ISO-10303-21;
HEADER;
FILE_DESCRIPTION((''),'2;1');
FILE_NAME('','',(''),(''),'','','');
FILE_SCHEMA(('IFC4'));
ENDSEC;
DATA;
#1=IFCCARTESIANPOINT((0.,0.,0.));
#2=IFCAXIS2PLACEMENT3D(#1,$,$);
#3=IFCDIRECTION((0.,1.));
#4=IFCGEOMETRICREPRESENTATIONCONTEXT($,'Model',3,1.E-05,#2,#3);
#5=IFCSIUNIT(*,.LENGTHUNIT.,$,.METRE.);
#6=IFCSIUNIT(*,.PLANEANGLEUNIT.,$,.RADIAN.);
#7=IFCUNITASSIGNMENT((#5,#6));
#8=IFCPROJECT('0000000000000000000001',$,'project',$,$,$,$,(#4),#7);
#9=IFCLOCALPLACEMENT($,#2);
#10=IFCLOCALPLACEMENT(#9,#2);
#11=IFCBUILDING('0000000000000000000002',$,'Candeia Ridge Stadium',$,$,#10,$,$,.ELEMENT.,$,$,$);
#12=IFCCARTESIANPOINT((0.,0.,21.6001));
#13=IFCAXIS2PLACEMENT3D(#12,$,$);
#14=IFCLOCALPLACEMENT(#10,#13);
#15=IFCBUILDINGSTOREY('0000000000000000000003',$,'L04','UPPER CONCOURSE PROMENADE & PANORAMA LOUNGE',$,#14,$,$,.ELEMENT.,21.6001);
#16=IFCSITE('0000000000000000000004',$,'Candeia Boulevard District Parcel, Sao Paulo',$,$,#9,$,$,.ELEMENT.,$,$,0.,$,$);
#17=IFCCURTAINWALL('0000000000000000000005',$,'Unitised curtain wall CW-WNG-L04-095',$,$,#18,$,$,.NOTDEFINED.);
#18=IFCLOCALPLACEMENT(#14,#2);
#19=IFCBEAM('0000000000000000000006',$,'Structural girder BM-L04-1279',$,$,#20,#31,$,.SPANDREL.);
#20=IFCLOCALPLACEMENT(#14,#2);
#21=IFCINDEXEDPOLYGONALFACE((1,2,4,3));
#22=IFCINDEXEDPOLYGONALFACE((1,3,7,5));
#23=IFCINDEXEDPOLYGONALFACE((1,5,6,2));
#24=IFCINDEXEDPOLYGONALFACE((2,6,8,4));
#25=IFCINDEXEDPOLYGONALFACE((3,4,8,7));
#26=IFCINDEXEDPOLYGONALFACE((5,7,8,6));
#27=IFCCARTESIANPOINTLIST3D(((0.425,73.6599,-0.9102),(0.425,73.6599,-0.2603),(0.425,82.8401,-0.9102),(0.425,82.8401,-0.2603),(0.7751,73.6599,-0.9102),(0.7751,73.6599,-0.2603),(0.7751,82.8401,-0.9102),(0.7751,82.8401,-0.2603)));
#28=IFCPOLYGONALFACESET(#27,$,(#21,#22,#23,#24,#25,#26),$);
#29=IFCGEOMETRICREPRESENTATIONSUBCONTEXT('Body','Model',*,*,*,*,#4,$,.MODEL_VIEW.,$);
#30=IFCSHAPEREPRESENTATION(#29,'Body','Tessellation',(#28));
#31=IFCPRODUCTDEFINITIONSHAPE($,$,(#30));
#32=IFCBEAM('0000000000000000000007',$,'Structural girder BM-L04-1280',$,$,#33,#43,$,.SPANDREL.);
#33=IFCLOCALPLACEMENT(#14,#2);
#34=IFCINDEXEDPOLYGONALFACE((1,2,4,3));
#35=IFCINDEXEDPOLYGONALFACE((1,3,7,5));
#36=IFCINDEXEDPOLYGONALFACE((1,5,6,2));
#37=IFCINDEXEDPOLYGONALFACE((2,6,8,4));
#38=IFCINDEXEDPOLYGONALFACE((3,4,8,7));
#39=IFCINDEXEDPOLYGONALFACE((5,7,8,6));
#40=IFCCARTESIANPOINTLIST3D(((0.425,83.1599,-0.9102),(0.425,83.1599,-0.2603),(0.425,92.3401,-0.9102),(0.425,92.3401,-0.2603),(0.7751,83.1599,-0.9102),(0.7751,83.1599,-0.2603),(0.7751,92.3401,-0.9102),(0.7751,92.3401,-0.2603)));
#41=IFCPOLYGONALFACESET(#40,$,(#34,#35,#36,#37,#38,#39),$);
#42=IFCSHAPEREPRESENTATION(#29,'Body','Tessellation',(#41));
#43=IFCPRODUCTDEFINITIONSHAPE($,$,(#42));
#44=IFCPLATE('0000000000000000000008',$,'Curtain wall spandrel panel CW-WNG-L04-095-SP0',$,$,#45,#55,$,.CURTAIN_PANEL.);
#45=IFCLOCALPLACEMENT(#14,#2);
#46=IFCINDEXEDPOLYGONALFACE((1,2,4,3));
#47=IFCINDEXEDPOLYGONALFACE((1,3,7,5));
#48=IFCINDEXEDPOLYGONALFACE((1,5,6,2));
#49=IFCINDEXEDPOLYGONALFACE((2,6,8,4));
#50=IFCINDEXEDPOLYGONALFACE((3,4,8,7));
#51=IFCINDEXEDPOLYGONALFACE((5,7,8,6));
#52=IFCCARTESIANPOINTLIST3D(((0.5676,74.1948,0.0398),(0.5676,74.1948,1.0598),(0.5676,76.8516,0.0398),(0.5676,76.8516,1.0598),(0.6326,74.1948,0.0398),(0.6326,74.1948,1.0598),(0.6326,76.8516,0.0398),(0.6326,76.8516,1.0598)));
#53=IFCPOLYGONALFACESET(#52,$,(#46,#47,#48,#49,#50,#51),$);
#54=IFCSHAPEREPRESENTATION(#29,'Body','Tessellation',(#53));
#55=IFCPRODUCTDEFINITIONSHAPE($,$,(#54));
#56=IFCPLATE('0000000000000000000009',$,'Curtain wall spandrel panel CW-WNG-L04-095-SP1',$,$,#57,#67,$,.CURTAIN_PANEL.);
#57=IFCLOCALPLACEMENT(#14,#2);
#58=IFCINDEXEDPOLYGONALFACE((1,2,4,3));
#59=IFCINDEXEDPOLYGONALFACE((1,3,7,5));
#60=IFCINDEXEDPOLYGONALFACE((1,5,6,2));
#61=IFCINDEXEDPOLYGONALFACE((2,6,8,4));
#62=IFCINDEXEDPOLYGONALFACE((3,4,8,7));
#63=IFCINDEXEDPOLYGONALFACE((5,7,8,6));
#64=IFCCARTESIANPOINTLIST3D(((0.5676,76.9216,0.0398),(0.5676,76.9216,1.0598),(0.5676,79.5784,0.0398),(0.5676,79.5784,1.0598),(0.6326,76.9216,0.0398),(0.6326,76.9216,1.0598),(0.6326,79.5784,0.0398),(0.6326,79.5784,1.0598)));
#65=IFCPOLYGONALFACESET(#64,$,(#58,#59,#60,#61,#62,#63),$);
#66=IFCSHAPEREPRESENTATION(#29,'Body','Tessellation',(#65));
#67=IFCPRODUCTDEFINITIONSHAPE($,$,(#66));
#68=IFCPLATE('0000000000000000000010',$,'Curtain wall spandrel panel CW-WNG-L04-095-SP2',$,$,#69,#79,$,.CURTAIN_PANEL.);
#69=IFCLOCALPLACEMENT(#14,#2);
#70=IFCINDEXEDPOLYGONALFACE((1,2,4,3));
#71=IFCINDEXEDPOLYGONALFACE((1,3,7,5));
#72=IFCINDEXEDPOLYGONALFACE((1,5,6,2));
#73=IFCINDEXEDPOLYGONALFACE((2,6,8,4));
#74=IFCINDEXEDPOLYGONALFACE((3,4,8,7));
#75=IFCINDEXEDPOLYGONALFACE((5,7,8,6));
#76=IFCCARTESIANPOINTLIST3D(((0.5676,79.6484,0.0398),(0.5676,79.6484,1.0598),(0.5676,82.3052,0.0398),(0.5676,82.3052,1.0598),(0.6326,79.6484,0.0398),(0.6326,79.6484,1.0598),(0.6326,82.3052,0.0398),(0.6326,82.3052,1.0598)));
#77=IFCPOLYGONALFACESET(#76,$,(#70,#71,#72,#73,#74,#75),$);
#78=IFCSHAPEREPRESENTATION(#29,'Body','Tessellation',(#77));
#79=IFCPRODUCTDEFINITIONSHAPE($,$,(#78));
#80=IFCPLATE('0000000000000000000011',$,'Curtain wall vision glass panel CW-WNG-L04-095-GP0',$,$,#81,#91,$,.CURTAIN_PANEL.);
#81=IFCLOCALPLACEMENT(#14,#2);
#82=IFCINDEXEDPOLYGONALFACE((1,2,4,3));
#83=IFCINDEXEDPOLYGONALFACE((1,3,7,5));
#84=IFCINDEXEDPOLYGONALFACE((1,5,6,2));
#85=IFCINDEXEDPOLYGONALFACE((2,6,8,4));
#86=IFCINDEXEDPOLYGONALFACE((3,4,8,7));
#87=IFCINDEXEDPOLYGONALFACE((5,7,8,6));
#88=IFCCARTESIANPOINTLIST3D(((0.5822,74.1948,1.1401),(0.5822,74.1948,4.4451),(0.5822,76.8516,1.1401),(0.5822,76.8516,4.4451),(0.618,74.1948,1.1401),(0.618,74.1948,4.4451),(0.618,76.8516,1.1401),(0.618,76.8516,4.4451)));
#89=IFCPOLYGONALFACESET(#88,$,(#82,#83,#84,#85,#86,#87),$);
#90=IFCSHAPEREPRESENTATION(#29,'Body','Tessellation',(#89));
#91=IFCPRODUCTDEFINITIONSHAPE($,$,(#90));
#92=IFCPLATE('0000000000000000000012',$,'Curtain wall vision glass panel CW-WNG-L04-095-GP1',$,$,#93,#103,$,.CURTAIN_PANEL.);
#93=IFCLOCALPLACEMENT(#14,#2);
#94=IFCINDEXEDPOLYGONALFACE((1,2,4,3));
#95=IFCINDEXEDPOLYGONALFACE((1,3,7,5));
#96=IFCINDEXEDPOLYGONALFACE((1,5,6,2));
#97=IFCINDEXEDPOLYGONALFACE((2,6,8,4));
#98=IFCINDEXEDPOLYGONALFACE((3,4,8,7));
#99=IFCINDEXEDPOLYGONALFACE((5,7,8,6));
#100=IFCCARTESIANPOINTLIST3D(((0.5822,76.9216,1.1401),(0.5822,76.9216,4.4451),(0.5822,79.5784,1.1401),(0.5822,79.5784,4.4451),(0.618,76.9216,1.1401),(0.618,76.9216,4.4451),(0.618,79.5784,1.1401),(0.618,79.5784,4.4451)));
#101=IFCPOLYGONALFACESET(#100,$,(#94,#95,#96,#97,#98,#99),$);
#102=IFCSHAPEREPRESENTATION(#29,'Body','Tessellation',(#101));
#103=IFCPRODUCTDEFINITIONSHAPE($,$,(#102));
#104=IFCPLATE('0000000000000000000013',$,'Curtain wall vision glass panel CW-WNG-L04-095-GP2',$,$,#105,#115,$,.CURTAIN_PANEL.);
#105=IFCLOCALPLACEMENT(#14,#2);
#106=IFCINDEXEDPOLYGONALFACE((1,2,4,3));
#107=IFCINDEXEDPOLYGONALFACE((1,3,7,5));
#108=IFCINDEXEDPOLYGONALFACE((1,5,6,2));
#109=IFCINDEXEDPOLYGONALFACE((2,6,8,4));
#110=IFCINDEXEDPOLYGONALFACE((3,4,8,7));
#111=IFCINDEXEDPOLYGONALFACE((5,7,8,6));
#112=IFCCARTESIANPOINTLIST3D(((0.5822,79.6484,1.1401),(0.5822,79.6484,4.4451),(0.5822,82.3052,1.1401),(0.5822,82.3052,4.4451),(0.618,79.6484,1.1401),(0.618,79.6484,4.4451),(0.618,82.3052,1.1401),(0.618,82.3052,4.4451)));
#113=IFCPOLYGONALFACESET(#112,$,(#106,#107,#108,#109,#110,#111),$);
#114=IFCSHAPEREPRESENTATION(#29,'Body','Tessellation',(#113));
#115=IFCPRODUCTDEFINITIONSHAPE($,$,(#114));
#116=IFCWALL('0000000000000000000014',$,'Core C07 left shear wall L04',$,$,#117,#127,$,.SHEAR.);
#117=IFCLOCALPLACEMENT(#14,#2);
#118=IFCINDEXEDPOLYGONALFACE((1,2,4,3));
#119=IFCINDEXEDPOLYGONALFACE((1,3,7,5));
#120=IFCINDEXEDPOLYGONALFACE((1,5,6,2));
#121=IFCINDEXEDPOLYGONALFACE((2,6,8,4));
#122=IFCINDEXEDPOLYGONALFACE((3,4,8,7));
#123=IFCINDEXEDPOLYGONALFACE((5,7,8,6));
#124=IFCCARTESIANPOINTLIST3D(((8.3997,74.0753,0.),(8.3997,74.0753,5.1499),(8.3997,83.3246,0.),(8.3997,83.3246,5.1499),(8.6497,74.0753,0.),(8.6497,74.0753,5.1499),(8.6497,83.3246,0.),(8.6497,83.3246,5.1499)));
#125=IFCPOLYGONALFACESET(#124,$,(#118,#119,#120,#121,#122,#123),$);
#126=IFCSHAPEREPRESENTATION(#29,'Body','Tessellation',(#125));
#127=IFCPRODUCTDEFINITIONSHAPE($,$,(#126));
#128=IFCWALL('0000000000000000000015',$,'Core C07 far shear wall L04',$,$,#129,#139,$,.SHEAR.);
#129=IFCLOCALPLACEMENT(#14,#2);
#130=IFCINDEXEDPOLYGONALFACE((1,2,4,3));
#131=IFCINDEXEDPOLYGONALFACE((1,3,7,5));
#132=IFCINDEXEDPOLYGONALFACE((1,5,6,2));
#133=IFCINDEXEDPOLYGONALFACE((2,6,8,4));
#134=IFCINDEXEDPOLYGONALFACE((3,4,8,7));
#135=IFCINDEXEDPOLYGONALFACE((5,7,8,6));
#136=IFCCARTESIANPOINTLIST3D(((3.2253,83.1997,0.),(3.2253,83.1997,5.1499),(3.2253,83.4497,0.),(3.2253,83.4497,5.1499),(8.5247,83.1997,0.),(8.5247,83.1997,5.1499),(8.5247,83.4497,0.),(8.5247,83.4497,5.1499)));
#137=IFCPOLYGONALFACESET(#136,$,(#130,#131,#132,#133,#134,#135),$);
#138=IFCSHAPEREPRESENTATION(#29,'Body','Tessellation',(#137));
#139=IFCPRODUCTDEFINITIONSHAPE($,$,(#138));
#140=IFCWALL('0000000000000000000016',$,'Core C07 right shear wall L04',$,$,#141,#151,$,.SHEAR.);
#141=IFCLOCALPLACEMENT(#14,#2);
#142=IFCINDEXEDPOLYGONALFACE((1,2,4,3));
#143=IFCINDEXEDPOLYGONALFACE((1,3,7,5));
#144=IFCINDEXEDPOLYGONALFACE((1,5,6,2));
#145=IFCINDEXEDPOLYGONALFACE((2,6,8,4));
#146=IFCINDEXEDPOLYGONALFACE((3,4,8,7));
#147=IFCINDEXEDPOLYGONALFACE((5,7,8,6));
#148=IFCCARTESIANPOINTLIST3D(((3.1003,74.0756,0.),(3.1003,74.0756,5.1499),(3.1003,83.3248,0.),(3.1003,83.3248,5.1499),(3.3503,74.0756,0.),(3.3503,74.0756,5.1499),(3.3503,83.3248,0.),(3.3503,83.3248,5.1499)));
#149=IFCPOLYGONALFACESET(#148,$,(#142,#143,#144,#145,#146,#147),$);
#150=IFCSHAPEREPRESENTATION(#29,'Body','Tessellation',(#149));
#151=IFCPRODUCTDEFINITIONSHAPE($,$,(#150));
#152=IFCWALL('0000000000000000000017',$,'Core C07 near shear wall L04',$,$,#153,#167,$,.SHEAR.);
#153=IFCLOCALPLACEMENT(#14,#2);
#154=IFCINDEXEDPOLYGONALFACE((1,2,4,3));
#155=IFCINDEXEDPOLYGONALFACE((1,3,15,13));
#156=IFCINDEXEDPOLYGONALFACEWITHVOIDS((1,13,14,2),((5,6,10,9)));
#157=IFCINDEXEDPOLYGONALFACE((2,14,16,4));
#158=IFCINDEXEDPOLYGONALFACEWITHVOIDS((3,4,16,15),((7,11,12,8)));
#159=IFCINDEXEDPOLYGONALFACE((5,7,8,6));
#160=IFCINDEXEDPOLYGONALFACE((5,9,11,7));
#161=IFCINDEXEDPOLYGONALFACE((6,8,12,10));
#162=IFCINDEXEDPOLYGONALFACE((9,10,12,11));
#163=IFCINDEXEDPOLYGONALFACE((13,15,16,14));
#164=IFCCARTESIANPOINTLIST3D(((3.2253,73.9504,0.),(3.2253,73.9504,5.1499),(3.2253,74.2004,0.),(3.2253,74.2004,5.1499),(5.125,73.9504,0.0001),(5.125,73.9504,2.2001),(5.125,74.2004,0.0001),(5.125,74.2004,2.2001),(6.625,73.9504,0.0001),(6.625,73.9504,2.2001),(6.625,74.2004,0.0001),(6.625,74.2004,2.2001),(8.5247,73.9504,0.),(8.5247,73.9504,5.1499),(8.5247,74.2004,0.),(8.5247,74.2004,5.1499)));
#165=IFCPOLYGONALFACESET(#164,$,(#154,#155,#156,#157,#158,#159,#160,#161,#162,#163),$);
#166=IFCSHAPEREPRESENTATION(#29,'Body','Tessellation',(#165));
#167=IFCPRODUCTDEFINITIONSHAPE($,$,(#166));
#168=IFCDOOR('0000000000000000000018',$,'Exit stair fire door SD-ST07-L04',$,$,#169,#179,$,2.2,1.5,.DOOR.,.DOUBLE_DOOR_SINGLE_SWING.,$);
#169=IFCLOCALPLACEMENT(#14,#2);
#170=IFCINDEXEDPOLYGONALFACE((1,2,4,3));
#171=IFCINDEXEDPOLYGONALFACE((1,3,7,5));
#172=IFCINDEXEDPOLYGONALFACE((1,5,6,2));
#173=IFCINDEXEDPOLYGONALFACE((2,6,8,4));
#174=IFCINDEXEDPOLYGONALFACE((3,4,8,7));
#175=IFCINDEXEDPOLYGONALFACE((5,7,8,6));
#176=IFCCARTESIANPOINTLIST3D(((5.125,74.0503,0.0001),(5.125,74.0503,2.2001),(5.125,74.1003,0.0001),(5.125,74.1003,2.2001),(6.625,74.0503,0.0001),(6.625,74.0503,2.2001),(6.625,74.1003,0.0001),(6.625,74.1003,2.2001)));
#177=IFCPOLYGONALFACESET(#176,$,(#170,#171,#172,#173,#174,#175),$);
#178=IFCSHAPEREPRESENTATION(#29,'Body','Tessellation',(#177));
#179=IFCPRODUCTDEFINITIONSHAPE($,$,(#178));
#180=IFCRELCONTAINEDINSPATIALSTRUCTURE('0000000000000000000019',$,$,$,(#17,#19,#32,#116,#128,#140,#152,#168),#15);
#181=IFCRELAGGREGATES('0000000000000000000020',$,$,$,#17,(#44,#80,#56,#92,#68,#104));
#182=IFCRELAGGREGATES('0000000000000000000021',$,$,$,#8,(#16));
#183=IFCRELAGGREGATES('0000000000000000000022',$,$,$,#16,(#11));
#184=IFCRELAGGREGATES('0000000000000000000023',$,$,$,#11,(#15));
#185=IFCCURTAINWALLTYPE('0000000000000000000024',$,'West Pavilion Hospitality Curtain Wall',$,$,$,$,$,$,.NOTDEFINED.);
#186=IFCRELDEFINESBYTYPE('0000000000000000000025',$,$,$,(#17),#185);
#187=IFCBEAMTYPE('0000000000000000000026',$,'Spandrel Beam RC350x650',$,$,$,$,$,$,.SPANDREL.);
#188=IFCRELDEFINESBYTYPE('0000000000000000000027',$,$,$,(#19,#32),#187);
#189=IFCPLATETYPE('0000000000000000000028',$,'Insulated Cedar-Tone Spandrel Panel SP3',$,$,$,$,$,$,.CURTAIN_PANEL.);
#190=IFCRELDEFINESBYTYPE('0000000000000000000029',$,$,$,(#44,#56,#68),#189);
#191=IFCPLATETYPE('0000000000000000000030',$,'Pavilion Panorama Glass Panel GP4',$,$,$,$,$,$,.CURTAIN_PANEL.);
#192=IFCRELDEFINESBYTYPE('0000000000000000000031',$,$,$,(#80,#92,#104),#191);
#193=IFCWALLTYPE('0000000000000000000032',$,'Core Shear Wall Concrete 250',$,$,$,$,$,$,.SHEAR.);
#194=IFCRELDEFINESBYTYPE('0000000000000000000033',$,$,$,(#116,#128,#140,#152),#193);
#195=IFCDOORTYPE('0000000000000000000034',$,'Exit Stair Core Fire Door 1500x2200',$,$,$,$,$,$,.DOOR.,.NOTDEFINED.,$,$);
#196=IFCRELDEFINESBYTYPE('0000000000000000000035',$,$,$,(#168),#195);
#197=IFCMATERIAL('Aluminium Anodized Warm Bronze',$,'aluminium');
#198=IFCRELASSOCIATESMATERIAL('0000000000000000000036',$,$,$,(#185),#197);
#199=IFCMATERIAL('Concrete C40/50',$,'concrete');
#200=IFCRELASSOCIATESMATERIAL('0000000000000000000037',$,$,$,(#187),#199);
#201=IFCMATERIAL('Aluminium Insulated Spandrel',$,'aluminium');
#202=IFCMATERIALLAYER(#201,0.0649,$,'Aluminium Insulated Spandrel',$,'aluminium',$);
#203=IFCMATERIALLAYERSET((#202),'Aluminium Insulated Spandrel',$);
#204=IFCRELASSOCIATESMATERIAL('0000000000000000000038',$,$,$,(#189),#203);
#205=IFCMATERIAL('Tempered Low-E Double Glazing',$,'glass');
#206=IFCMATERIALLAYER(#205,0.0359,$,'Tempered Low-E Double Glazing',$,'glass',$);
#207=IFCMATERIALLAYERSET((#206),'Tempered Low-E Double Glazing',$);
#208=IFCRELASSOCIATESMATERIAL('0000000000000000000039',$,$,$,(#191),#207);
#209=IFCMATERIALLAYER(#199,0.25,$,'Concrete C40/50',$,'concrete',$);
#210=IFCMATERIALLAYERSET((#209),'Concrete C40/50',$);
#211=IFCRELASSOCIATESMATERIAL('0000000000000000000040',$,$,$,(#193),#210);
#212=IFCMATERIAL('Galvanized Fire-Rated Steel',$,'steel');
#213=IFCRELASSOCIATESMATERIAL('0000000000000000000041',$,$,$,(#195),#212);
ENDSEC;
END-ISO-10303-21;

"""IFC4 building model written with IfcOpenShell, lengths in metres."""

from ifc_helpers import new_model, si_unit, direction, frame, frame_2d, origin, origin_2d, place, context, subcontext, project, spatial, rectangle, extrude, material, layer, layer_set, material_profile, profile_set, type_object, element, fill, aggregate, save


model = new_model("IFC4")

# Units and contexts
model_context = context("Model", 3, precision=1e-05, world=origin(), true_north=direction((0.0, 1.0)))
body_context = subcontext(model_context, "Body", "Model", "MODEL_VIEW")
ifc_project = project(units=[si_unit("LENGTHUNIT", "METRE"), si_unit("PLANEANGLEUNIT", "RADIAN")], contexts=[model_context])

# Site, building, storey
site_placement = place(None, origin())
site = spatial("IfcSite", under=ifc_project, at=site_placement, Name="Candeia Boulevard District Parcel, Sao Paulo", CompositionType="ELEMENT", RefElevation=0.0)
building_placement = place(site_placement, origin())
building = spatial("IfcBuilding", under=site, at=building_placement, Name="Candeia Ridge Stadium", CompositionType="ELEMENT")
storey_placement = place(building_placement, frame((0.0, 0.0, 21.6001)))
storey = spatial("IfcBuildingStorey", under=building, at=storey_placement, Name="L04", Description="UPPER CONCOURSE PROMENADE & PANORAMA LOUNGE", CompositionType="ELEMENT", Elevation=21.6001)

# Shared definitions
ifc_material_1 = material(Name="Concrete C40/50", Category="concrete")

# Curtain wall
ifc_material_2 = material(Name="Aluminium Anodized Warm Bronze", Category="aluminium")
curtain_wall_type = type_object("IfcCurtainWallType", Name="West Pavilion Hospitality Curtain Wall", PredefinedType="NOTDEFINED", material=ifc_material_2)
curtain_wall_placement = place(storey_placement, origin())
curtain_wall = element("IfcCurtainWall", 1, at=curtain_wall_placement, inside=storey, type_object=curtain_wall_type, Name="Unitised curtain wall CW-WNG-L04-095", PredefinedType="NOTDEFINED")

# Beams
ifc_material_profile_1 = material_profile(ifc_material_1, rectangle(XDim=0.3501, YDim=0.6499, at=origin_2d()), Name="RC350x650", Category="concrete")
ifc_profile_set_1 = profile_set([ifc_material_profile_1], Name="Concrete C40/50")
beam_type_1 = type_object("IfcBeamType", Name="Spandrel Beam RC350x650", PredefinedType="SPANDREL", material=ifc_profile_set_1)
for number, where, z_axis, x_axis, name in (
    (2, (0.6001, 73.6599, -0.5852), (0.0, 1.0, 0.0), (-1.0, 0.0, 0.0), "Structural girder BM-L04-1279"),
    (3, (0.6001, 83.1599, -0.5852), (0.0, 1.0, 0.0), (-1.0, 0.0, 0.0), "Structural girder BM-L04-1280"),
):
    element("IfcBeam", number, at=place(storey_placement, frame(where, z_axis=z_axis, x_axis=x_axis)), inside=storey, type_object=beam_type_1, Name=name, PredefinedType="SPANDREL", context=body_context, shape_type="SweptSolid", body=[
        extrude(rectangle(XDim=0.3501, YDim=0.6499, at=origin_2d()), origin(), (0.0, 0.0, 1.0), 9.1802),
    ])

# Plates
ifc_material_3 = material(Name="Aluminium Insulated Spandrel", Category="aluminium")
ifc_layer_1 = layer(ifc_material_3, 0.0649, Name="Aluminium Insulated Spandrel", Category="aluminium")
ifc_layer_set_1 = layer_set([ifc_layer_1], Name="Aluminium Insulated Spandrel")
plate_type_1 = type_object("IfcPlateType", Name="Insulated Cedar-Tone Spandrel Panel SP3", PredefinedType="CURTAIN_PANEL", material=ifc_layer_set_1)
plate_1_placement = place(storey_placement, frame((0.6001, 75.5232, 0.0398), z_axis=(0.0, 0.0, 1.0), x_axis=(0.0, 1.0, 0.0)))
plate_1 = element("IfcPlate", 4, at=plate_1_placement, type_object=plate_type_1, Name="Curtain wall spandrel panel CW-WNG-L04-095-SP0", PredefinedType="CURTAIN_PANEL", context=body_context, shape_type="SweptSolid", body=[
    extrude(rectangle(XDim=2.6567, YDim=0.0649, at=origin_2d()), origin(), (0.0, 0.0, 1.0), 1.02),
])
plate_2_placement = place(storey_placement, frame((0.6001, 78.25, 0.0398), z_axis=(0.0, 0.0, 1.0), x_axis=(0.0, 1.0, 0.0)))
plate_2 = element("IfcPlate", 5, at=plate_2_placement, type_object=plate_type_1, Name="Curtain wall spandrel panel CW-WNG-L04-095-SP1", PredefinedType="CURTAIN_PANEL", context=body_context, shape_type="SweptSolid", body=[
    extrude(rectangle(XDim=2.6567, YDim=0.0649, at=origin_2d()), origin(), (0.0, 0.0, 1.0), 1.02),
])
plate_3_placement = place(storey_placement, frame((0.6001, 80.9768, 0.0398), z_axis=(0.0, 0.0, 1.0), x_axis=(0.0, 1.0, 0.0)))
plate_3 = element("IfcPlate", 6, at=plate_3_placement, type_object=plate_type_1, Name="Curtain wall spandrel panel CW-WNG-L04-095-SP2", PredefinedType="CURTAIN_PANEL", context=body_context, shape_type="SweptSolid", body=[
    extrude(rectangle(XDim=2.6567, YDim=0.0649, at=origin_2d()), origin(), (0.0, 0.0, 1.0), 1.02),
])
ifc_material_4 = material(Name="Tempered Low-E Double Glazing", Category="glass")
ifc_layer_2 = layer(ifc_material_4, 0.0359, Name="Tempered Low-E Double Glazing", Category="glass")
ifc_layer_set_2 = layer_set([ifc_layer_2], Name="Tempered Low-E Double Glazing")
plate_type_2 = type_object("IfcPlateType", Name="Pavilion Panorama Glass Panel GP4", PredefinedType="CURTAIN_PANEL", material=ifc_layer_set_2)
plate_4_placement = place(storey_placement, frame((0.6001, 75.5232, 1.1401), z_axis=(0.0, 0.0, 1.0), x_axis=(0.0, 1.0, 0.0)))
plate_4 = element("IfcPlate", 7, at=plate_4_placement, type_object=plate_type_2, Name="Curtain wall vision glass panel CW-WNG-L04-095-GP0", PredefinedType="CURTAIN_PANEL", context=body_context, shape_type="SweptSolid", body=[
    extrude(rectangle(XDim=2.6567, YDim=0.0359, at=origin_2d()), origin(), (0.0, 0.0, 1.0), 3.3049),
])
plate_5_placement = place(storey_placement, frame((0.6001, 78.25, 1.1401), z_axis=(0.0, 0.0, 1.0), x_axis=(0.0, 1.0, 0.0)))
plate_5 = element("IfcPlate", 8, at=plate_5_placement, type_object=plate_type_2, Name="Curtain wall vision glass panel CW-WNG-L04-095-GP1", PredefinedType="CURTAIN_PANEL", context=body_context, shape_type="SweptSolid", body=[
    extrude(rectangle(XDim=2.6567, YDim=0.0359, at=origin_2d()), origin(), (0.0, 0.0, 1.0), 3.3049),
])
plate_6_placement = place(storey_placement, frame((0.6001, 80.9768, 1.1401), z_axis=(0.0, 0.0, 1.0), x_axis=(0.0, 1.0, 0.0)))
plate_6 = element("IfcPlate", 9, at=plate_6_placement, type_object=plate_type_2, Name="Curtain wall vision glass panel CW-WNG-L04-095-GP2", PredefinedType="CURTAIN_PANEL", context=body_context, shape_type="SweptSolid", body=[
    extrude(rectangle(XDim=2.6567, YDim=0.0359, at=origin_2d()), origin(), (0.0, 0.0, 1.0), 3.3049),
])
aggregate(curtain_wall, [plate_1, plate_4, plate_2, plate_5, plate_3, plate_6])

# Walls
ifc_layer_3 = layer(ifc_material_1, 0.25, Name="Concrete C40/50", Category="concrete")
ifc_layer_set_3 = layer_set([ifc_layer_3], Name="Concrete C40/50")
wall_type_1 = type_object("IfcWallType", Name="Core Shear Wall Concrete 250", PredefinedType="SHEAR", material=ifc_layer_set_3)
wall_1_placement = place(storey_placement, frame((8.5247, 74.0754, 0.0), z_axis=(0.0, 0.0, 1.0), x_axis=(0.0, 1.0, 0.0)))
element("IfcWall", 10, at=wall_1_placement, inside=storey, type_object=wall_type_1, Name="Core C07 left shear wall L04", PredefinedType="SHEAR", context=body_context, shape_type="SweptSolid", body=[
    extrude(rectangle(XDim=9.2493, YDim=0.25, at=frame_2d((4.6245, 0.0))), origin(), (0.0, 0.0, 1.0), 5.1499),
])
wall_2_placement = place(storey_placement, frame((8.5247, 83.3247, 0.0), z_axis=(0.0, 0.0, 1.0), x_axis=(-1.0, 0.0, 0.0)))
element("IfcWall", 11, at=wall_2_placement, inside=storey, type_object=wall_type_1, Name="Core C07 far shear wall L04", PredefinedType="SHEAR", context=body_context, shape_type="SweptSolid", body=[
    extrude(rectangle(XDim=5.2993, YDim=0.25, at=frame_2d((2.6497, 0.0))), origin(), (0.0, 0.0, 1.0), 5.1499),
])
wall_3_placement = place(storey_placement, frame((3.2253, 83.3247, 0.0), z_axis=(0.0, 0.0, 1.0), x_axis=(0.0, -1.0, 0.0)))
element("IfcWall", 12, at=wall_3_placement, inside=storey, type_object=wall_type_1, Name="Core C07 right shear wall L04", PredefinedType="SHEAR", context=body_context, shape_type="SweptSolid", body=[
    extrude(rectangle(XDim=9.2493, YDim=0.25, at=frame_2d((4.6245, 0.0))), origin(), (0.0, 0.0, 1.0), 5.1499),
])

# Wall, opening, door
wall_4_placement = place(storey_placement, frame((3.2253, 74.0754, 0.0), z_axis=(0.0, 0.0, 1.0), x_axis=(1.0, 0.0, 0.0)))
wall_4 = element("IfcWall", 13, at=wall_4_placement, inside=storey, type_object=wall_type_1, Name="Core C07 near shear wall L04", PredefinedType="SHEAR", context=body_context, shape_type="SweptSolid", body=[
    extrude(rectangle(XDim=5.2993, YDim=0.25, at=frame_2d((2.6497, 0.0))), origin(), (0.0, 0.0, 1.0), 5.1499),
])
opening_1_placement = place(wall_4_placement, frame((1.8997, 0.0, 0.0)))
opening_1 = element("IfcOpeningElement", 14, at=opening_1_placement, cuts=wall_4, PredefinedType="OPENING", context=body_context, shape_type="SweptSolid", body=[
    extrude(rectangle(XDim=1.5, YDim=2.2, at=frame_2d((0.75, 1.1001))), frame((0.0, 0.135, 0.0), z_axis=(0.0, -1.0, 0.0), x_axis=(1.0, 0.0, 0.0)), (0.0, 0.0, 1.0), 0.27),
])
ifc_material_5 = material(Name="Galvanized Fire-Rated Steel", Category="steel")
door_type_1 = type_object("IfcDoorType", Name="Exit Stair Core Fire Door 1500x2200", OperationType="NOTDEFINED", PredefinedType="DOOR", material=ifc_material_5)
door_1_placement = place(opening_1_placement, origin())
door_1 = element("IfcDoor", 15, at=door_1_placement, inside=storey, type_object=door_type_1, Name="Exit stair fire door SD-ST07-L04", OperationType="DOUBLE_DOOR_SINGLE_SWING", OverallHeight=2.2, OverallWidth=1.5, PredefinedType="DOOR", context=body_context, shape_type="SweptSolid", body=[
    extrude(rectangle(XDim=1.5, YDim=2.2, at=frame_2d((0.75, 1.1001))), frame((0.0, 0.0249, 0.0), z_axis=(0.0, -1.0, 0.0), x_axis=(1.0, 0.0, 0.0)), (0.0, 0.0, 1.0), 0.05),
])
fill(opening_1, door_1)

save(model, "model.ifc")
